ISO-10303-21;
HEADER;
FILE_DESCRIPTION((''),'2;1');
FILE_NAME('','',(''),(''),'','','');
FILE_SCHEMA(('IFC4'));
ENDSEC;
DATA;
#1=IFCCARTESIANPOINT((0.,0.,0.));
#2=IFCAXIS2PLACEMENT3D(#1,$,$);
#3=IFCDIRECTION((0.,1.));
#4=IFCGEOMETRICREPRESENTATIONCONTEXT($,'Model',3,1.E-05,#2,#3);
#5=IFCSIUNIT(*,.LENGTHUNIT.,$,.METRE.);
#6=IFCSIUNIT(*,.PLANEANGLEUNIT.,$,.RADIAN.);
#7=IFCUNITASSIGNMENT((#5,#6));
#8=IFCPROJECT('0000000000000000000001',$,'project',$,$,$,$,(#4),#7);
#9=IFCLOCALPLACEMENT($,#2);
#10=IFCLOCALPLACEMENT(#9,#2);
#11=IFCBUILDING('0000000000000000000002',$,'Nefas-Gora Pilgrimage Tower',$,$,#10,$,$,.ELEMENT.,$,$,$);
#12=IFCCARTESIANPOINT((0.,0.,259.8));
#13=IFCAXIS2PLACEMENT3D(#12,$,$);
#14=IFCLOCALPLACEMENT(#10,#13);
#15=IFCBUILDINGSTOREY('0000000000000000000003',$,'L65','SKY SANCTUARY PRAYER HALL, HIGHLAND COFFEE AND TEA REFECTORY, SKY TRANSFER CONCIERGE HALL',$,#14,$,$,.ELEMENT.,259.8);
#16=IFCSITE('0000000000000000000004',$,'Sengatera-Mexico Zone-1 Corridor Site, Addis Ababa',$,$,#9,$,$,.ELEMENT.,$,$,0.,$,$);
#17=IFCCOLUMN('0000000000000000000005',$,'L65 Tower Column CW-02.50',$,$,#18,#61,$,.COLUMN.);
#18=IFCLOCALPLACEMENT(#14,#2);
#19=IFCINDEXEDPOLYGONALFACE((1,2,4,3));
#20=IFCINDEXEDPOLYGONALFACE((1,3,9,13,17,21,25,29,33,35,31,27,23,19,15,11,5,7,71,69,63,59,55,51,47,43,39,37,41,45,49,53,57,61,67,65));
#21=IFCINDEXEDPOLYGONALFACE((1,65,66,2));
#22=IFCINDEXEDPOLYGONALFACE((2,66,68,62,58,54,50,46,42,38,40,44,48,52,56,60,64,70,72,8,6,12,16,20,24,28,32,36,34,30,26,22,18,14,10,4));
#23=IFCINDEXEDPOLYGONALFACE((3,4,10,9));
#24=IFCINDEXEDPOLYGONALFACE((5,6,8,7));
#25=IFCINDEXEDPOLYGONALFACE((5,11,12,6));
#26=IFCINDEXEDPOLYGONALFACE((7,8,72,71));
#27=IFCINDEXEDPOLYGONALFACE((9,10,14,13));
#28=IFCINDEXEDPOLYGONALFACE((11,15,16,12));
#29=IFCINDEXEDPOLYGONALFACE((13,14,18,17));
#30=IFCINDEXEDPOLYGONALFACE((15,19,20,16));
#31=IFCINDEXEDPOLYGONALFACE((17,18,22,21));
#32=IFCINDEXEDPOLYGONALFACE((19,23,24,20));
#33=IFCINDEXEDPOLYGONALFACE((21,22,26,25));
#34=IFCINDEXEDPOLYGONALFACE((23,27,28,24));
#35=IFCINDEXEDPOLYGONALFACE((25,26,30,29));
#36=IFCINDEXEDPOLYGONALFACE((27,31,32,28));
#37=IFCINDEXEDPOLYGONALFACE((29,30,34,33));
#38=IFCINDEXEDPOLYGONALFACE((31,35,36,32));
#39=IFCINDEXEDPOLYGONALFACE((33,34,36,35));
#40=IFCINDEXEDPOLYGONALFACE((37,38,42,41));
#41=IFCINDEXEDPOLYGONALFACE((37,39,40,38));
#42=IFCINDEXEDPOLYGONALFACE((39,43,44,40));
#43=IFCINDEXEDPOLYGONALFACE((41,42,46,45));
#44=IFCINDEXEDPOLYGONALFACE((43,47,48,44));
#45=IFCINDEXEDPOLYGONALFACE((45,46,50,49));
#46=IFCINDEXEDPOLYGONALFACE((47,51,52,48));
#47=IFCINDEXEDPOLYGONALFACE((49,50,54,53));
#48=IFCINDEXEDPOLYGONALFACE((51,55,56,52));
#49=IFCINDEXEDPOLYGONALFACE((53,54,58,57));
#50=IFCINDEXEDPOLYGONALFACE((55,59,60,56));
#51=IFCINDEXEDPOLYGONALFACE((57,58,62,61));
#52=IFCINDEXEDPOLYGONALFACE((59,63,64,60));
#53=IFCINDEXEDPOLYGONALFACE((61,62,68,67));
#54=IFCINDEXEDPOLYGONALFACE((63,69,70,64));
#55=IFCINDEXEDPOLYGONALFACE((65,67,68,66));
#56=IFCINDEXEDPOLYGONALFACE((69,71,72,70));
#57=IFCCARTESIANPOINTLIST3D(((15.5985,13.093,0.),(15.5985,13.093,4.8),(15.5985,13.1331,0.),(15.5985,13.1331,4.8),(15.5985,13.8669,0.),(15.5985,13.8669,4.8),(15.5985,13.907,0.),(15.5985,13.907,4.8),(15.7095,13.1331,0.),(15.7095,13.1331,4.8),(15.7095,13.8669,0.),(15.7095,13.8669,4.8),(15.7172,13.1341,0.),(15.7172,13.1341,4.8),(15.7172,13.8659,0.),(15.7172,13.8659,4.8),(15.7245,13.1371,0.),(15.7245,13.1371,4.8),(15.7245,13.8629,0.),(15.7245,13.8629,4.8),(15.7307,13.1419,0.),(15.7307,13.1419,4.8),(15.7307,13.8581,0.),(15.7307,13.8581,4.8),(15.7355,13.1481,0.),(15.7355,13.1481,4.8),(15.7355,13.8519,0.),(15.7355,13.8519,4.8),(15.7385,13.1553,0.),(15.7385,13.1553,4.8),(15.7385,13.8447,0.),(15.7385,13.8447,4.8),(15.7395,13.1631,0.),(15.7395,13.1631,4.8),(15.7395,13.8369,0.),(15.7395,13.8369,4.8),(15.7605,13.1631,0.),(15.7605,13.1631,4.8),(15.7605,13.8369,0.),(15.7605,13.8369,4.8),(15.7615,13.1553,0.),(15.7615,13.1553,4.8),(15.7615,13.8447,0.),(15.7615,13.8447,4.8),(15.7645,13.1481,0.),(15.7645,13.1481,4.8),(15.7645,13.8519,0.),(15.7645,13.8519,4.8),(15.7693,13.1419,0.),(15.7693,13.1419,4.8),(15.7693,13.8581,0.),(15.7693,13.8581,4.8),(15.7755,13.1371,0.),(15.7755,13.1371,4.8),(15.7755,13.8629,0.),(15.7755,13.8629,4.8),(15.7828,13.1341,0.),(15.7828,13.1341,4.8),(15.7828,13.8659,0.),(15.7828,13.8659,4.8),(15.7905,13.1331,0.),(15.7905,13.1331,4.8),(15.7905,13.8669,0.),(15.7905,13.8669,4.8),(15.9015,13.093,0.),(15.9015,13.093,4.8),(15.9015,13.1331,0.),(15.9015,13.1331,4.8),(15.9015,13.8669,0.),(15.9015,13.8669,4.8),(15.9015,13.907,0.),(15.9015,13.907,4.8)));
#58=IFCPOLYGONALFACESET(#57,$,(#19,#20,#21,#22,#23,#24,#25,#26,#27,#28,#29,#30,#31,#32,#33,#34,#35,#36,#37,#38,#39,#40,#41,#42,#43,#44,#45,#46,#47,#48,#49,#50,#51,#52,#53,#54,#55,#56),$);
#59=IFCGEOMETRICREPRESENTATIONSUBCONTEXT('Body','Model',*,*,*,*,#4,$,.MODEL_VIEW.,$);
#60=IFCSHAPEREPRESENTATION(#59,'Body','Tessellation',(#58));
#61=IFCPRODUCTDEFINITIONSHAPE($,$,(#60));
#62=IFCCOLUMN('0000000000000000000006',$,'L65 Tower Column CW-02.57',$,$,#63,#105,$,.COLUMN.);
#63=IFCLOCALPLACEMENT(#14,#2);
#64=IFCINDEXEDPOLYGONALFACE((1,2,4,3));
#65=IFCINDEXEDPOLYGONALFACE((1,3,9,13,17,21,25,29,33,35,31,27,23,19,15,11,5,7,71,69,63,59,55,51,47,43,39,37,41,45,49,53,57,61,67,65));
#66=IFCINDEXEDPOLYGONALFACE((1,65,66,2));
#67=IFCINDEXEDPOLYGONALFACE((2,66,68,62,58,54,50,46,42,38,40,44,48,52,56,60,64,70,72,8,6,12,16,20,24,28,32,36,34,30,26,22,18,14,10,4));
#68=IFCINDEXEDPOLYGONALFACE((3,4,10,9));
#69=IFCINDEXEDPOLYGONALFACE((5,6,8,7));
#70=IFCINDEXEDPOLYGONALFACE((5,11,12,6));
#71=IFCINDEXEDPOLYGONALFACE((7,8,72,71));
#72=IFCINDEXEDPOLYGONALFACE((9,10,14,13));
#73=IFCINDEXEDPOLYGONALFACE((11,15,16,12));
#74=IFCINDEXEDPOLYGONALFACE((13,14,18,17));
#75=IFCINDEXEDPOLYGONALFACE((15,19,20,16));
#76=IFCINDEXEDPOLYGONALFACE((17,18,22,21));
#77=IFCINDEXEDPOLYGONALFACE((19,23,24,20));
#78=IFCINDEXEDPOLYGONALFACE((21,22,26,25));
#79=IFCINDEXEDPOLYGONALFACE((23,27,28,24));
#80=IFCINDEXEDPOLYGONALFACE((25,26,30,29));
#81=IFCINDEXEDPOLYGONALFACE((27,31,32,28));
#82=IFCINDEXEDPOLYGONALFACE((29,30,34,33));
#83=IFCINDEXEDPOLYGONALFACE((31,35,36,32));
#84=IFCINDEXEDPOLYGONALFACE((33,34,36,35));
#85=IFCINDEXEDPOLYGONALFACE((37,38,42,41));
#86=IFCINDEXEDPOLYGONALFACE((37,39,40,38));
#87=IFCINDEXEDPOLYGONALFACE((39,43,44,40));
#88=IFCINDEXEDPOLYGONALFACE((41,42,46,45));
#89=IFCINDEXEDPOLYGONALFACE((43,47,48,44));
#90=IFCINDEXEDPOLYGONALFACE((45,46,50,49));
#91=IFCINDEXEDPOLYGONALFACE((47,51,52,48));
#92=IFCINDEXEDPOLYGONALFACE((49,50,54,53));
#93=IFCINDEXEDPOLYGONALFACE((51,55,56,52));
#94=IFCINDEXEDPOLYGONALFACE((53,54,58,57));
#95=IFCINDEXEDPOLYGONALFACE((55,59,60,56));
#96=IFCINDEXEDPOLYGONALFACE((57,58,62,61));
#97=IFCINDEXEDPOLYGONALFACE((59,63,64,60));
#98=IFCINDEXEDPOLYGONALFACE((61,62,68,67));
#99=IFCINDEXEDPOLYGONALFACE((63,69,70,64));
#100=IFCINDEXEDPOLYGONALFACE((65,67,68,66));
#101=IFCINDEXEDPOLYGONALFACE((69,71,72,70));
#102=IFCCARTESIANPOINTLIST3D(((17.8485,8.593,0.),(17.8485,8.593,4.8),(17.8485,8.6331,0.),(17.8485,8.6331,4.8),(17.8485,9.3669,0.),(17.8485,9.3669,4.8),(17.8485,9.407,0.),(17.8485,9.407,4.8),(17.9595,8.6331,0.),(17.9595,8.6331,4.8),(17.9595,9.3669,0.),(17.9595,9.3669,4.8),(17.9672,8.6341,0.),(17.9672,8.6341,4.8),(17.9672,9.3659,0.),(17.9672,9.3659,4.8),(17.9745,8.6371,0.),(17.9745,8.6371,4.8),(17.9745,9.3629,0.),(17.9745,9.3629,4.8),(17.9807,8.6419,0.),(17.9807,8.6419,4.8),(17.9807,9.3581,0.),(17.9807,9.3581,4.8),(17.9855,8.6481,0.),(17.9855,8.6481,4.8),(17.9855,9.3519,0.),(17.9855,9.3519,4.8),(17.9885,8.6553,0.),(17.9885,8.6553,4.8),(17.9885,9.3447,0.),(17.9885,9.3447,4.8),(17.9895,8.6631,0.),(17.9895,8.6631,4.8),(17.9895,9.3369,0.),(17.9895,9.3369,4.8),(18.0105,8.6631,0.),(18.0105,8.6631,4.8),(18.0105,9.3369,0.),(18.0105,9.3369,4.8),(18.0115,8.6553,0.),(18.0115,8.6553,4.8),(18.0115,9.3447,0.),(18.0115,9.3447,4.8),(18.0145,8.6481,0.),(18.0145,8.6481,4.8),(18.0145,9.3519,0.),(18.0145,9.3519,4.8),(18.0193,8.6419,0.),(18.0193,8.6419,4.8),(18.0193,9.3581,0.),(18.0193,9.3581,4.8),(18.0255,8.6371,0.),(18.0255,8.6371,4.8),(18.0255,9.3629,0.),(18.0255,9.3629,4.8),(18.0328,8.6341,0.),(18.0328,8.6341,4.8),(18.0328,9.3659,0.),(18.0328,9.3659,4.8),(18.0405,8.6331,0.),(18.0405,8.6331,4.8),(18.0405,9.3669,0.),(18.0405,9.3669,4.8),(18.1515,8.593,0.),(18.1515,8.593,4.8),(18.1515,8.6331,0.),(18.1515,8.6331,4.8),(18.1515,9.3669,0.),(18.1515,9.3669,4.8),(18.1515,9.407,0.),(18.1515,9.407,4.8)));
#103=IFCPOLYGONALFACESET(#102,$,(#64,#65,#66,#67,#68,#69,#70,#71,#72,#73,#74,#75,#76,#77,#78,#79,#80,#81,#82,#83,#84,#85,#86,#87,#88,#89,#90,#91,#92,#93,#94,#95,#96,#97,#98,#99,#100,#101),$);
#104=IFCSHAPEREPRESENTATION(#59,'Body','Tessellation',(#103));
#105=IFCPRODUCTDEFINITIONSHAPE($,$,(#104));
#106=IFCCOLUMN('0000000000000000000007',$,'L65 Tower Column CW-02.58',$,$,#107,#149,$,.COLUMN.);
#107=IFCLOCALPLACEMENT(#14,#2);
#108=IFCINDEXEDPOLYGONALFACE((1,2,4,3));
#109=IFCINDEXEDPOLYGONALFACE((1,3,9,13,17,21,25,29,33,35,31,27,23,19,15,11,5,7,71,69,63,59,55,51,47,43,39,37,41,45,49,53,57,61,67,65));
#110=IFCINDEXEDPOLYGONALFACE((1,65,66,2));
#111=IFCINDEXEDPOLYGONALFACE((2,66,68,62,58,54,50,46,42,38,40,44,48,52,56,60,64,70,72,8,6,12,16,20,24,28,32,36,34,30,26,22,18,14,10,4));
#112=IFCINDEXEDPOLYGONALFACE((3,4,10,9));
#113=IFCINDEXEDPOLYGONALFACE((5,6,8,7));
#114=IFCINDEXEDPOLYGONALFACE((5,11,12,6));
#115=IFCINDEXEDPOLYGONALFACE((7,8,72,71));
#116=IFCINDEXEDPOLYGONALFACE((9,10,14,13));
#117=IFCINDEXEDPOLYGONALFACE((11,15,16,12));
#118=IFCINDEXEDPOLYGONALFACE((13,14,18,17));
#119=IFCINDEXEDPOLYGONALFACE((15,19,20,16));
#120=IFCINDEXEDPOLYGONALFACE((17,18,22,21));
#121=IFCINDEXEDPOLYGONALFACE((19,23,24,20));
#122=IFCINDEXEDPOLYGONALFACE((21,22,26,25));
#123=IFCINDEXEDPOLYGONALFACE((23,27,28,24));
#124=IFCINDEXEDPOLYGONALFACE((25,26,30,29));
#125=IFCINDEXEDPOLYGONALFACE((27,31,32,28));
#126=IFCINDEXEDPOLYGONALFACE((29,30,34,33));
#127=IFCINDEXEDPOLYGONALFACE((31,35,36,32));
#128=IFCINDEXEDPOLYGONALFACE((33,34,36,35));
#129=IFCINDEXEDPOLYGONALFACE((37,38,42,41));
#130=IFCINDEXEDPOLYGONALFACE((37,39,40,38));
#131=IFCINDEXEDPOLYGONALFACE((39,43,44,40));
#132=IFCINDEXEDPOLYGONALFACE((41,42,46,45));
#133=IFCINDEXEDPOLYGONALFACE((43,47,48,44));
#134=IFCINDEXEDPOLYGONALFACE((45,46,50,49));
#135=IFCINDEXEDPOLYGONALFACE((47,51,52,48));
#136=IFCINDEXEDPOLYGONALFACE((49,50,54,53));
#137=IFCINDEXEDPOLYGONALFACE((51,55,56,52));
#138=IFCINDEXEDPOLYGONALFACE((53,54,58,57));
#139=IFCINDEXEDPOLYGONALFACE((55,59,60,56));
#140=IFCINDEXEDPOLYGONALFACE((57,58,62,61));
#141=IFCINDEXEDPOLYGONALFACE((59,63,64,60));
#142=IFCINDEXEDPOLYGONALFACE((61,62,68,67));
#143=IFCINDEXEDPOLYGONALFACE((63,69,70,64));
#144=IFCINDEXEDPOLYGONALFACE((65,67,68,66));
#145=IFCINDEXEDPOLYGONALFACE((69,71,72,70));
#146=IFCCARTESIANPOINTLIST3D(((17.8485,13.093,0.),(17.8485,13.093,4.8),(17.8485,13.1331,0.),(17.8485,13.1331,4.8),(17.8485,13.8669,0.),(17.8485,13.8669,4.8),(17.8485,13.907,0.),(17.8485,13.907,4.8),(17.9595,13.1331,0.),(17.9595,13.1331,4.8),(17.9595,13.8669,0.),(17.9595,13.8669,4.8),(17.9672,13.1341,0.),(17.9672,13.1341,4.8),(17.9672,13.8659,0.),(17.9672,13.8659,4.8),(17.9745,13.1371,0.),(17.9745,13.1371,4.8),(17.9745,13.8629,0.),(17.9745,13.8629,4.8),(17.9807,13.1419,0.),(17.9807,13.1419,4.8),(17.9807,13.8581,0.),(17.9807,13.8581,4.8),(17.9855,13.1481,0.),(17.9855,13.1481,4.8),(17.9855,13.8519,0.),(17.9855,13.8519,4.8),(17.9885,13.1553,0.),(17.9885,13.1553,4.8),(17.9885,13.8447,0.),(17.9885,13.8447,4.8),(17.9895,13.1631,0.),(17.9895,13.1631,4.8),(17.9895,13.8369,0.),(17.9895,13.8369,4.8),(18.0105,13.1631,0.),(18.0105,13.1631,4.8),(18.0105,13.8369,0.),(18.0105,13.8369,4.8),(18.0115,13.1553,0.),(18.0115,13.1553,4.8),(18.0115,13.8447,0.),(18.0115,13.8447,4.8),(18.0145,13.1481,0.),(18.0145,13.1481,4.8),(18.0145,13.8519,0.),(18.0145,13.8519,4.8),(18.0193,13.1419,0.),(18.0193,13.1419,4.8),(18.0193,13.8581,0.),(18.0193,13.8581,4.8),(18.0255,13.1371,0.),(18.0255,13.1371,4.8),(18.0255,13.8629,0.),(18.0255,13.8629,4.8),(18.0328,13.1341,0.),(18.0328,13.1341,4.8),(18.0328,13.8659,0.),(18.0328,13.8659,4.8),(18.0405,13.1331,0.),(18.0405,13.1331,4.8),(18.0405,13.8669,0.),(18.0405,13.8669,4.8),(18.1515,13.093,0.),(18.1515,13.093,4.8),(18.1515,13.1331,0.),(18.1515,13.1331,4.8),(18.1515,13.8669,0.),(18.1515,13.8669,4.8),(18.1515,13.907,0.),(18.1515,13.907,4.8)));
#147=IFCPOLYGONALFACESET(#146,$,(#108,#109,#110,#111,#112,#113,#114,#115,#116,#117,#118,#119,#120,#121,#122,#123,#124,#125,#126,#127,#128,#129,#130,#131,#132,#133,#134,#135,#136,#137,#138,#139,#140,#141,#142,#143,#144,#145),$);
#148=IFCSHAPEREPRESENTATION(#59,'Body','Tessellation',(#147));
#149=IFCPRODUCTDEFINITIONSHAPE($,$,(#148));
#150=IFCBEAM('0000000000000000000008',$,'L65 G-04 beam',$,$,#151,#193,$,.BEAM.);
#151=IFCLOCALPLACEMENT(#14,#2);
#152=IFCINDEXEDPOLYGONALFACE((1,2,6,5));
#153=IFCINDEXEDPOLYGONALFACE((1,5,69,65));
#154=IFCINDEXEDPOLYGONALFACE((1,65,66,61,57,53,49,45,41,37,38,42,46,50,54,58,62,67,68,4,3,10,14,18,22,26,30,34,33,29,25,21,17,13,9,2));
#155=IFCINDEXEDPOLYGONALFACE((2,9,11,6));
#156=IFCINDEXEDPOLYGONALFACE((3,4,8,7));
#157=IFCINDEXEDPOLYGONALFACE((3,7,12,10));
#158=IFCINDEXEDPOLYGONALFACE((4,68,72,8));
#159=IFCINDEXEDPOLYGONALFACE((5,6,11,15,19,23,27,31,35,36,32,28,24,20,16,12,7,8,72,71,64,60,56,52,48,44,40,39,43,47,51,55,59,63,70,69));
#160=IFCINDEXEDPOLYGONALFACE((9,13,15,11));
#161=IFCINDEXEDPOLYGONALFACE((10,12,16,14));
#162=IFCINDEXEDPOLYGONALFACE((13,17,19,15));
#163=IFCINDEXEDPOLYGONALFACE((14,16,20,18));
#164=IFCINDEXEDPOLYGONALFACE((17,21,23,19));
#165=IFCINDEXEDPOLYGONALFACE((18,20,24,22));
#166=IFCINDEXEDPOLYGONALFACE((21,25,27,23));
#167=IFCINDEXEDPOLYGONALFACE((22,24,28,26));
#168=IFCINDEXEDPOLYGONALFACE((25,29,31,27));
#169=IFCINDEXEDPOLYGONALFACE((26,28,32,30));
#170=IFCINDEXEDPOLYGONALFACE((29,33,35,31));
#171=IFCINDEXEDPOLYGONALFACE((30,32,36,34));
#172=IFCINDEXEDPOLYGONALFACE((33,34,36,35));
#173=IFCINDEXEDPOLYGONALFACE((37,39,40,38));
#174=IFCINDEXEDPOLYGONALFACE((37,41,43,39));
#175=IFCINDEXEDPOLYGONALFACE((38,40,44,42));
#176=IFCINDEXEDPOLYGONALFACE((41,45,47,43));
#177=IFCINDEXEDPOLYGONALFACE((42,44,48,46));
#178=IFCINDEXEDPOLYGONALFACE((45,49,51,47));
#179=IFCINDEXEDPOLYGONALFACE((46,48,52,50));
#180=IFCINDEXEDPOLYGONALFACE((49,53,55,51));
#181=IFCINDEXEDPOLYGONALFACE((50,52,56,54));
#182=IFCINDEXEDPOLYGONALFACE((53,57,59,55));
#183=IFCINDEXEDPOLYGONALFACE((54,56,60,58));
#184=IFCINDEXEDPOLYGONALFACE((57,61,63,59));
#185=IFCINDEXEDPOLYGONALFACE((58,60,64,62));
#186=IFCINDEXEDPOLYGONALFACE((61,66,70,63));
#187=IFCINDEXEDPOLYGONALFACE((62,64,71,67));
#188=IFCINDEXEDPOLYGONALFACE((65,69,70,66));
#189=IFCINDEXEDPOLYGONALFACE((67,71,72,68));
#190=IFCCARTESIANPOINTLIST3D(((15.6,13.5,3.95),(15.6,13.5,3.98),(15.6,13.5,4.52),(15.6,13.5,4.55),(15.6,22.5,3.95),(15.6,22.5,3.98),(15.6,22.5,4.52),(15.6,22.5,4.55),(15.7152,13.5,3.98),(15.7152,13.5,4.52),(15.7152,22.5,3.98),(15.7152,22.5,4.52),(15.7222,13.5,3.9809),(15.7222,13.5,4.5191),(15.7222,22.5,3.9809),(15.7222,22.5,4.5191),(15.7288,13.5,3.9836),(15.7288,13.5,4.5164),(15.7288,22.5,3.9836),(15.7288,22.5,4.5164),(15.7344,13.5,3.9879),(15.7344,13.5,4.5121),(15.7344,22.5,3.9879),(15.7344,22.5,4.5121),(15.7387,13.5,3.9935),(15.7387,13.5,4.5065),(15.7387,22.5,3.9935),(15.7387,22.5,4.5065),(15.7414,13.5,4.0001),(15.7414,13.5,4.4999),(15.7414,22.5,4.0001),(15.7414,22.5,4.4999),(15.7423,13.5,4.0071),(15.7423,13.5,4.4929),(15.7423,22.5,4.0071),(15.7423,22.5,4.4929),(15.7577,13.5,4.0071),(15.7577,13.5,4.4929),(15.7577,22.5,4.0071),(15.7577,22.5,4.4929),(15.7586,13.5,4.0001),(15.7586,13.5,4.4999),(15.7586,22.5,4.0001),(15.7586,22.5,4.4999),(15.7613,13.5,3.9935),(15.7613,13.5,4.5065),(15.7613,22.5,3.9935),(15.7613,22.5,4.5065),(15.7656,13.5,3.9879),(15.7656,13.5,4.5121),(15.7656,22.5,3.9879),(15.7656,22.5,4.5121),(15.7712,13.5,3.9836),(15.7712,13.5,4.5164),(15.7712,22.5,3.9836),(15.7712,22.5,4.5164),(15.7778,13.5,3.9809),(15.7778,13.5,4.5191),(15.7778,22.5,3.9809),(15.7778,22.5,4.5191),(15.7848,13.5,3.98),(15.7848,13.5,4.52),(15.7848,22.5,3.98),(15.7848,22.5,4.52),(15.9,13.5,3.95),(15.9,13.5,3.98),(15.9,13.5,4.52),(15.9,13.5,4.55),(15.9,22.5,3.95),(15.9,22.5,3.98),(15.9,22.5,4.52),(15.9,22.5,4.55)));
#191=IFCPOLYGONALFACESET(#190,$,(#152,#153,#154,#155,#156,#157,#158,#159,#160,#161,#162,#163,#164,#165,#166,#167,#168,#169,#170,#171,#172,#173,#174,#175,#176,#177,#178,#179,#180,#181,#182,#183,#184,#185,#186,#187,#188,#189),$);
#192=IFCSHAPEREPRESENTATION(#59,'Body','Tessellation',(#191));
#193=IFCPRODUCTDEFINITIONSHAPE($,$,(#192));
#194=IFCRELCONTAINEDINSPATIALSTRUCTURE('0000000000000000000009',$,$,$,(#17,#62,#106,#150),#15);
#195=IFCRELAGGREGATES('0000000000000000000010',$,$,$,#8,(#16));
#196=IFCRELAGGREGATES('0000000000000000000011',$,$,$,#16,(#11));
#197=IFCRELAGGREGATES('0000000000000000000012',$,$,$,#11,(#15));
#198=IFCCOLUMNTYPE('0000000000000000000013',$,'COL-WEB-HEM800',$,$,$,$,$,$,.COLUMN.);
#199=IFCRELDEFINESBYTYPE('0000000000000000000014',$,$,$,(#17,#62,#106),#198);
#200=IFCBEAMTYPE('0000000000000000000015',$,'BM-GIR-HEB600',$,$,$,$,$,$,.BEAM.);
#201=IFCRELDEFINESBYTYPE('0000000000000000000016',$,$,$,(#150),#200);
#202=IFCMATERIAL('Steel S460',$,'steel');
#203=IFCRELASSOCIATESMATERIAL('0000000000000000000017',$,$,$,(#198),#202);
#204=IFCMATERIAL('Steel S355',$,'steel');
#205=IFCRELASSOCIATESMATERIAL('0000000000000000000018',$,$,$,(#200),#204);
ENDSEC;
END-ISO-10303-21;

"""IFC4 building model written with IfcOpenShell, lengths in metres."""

from ifc_helpers import new_model, si_unit, direction, frame, origin, origin_2d, place, context, subcontext, project, spatial, i_section, extrude, source, transform, mapped, material, material_profile, profile_set, type_object, element, save


model = new_model("IFC4")

# Units and contexts
model_context = context("Model", 3, precision=1e-05, world=origin(), true_north=direction((0.0, 1.0)))
body_context = subcontext(model_context, "Body", "Model", "MODEL_VIEW")
ifc_project = project(units=[si_unit("LENGTHUNIT", "METRE"), si_unit("PLANEANGLEUNIT", "RADIAN")], contexts=[model_context])

# Site, building, storey
site_placement = place(None, origin())
site = spatial("IfcSite", under=ifc_project, at=site_placement, Name="Sengatera-Mexico Zone-1 Corridor Site, Addis Ababa", CompositionType="ELEMENT", RefElevation=0.0)
building_placement = place(site_placement, origin())
building = spatial("IfcBuilding", under=site, at=building_placement, Name="Nefas-Gora Pilgrimage Tower", CompositionType="ELEMENT")
storey_placement = place(building_placement, frame((0.0, 0.0, 259.8)))
storey = spatial("IfcBuildingStorey", under=building, at=storey_placement, Name="L65", Description="SKY SANCTUARY PRAYER HALL, HIGHLAND COFFEE AND TEA REFECTORY, SKY TRANSFER CONCIERGE HALL", CompositionType="ELEMENT", Elevation=259.8)

# Columns
ifc_material_1 = material(Name="Steel S460", Category="steel")
ifc_material_profile_1 = material_profile(ifc_material_1, i_section(OverallWidth=0.303, OverallDepth=0.814, WebThickness=0.021, FlangeThickness=0.04, FilletRadius=0.03, at=origin_2d()), Name="HEM 800")
ifc_profile_set_1 = profile_set([ifc_material_profile_1], Name="Steel S460")
column_type_1 = type_object("IfcColumnType", Name="COL-WEB-HEM800", PredefinedType="COLUMN", material=ifc_profile_set_1)
shared_shape_1 = source(origin(), body_context, "Body", "SweptSolid", [
    extrude(i_section(OverallWidth=0.303, OverallDepth=0.814, WebThickness=0.021, FlangeThickness=0.04, FilletRadius=0.03, at=origin_2d()), origin(), (0.0, 0.0, 1.0), 4.8),
])
for number, where, z_axis, x_axis, name in (
    (1, (15.75, 13.5, 0.0), (0.0, 0.0, 1.0), (1.0, 0.0, 0.0), "L65 Tower Column CW-02.50"),
    (2, (18.0, 9.0, 0.0), (0.0, 0.0, 1.0), (1.0, 0.0, 0.0), "L65 Tower Column CW-02.57"),
    (3, (18.0, 13.5, 0.0), (0.0, 0.0, 1.0), (1.0, 0.0, 0.0), "L65 Tower Column CW-02.58"),
):
    element("IfcColumn", number, at=place(storey_placement, frame(where, z_axis=z_axis, x_axis=x_axis)), inside=storey, type_object=column_type_1, Name=name, PredefinedType="COLUMN", context=body_context, shape_type="MappedRepresentation", body=[
        mapped(shared_shape_1, transform((0.0, 0.0, 0.0), x_axis=(1.0, 0.0, 0.0), y_axis=(0.0, 1.0, 0.0), z_axis=(0.0, 0.0, 1.0), scale=1.0)),
    ])

# Beam
ifc_material_2 = material(Name="Steel S355", Category="steel")
ifc_material_profile_2 = material_profile(ifc_material_2, i_section(OverallWidth=0.3, OverallDepth=0.6001, WebThickness=0.0154, FlangeThickness=0.03, FilletRadius=0.0271, at=origin_2d()), Name="HEB 600")
ifc_profile_set_2 = profile_set([ifc_material_profile_2], Name="Steel S355")
beam_type = type_object("IfcBeamType", Name="BM-GIR-HEB600", PredefinedType="BEAM", material=ifc_profile_set_2)
shared_shape_2 = source(origin(), body_context, "Body", "SweptSolid", [
    extrude(i_section(OverallWidth=0.3, OverallDepth=0.6001, WebThickness=0.0154, FlangeThickness=0.03, FilletRadius=0.0271, at=origin_2d()), origin(), (0.0, 0.0, 1.0), 9.0),
])
beam_1_placement = place(storey_placement, frame((15.75, 13.5, 4.25), z_axis=(0.0, 1.0, 0.0), x_axis=(-1.0, 0.0, 0.0)))
element("IfcBeam", 4, at=beam_1_placement, inside=storey, type_object=beam_type, Name="L65 G-04 beam", PredefinedType="BEAM", context=body_context, shape_type="MappedRepresentation", body=[
    mapped(shared_shape_2, transform((0.0, 0.0, 0.0), x_axis=(1.0, 0.0, 0.0), y_axis=(0.0, 1.0, 0.0), z_axis=(0.0, 0.0, 1.0), scale=1.0)),
])

save(model, "model.ifc")
